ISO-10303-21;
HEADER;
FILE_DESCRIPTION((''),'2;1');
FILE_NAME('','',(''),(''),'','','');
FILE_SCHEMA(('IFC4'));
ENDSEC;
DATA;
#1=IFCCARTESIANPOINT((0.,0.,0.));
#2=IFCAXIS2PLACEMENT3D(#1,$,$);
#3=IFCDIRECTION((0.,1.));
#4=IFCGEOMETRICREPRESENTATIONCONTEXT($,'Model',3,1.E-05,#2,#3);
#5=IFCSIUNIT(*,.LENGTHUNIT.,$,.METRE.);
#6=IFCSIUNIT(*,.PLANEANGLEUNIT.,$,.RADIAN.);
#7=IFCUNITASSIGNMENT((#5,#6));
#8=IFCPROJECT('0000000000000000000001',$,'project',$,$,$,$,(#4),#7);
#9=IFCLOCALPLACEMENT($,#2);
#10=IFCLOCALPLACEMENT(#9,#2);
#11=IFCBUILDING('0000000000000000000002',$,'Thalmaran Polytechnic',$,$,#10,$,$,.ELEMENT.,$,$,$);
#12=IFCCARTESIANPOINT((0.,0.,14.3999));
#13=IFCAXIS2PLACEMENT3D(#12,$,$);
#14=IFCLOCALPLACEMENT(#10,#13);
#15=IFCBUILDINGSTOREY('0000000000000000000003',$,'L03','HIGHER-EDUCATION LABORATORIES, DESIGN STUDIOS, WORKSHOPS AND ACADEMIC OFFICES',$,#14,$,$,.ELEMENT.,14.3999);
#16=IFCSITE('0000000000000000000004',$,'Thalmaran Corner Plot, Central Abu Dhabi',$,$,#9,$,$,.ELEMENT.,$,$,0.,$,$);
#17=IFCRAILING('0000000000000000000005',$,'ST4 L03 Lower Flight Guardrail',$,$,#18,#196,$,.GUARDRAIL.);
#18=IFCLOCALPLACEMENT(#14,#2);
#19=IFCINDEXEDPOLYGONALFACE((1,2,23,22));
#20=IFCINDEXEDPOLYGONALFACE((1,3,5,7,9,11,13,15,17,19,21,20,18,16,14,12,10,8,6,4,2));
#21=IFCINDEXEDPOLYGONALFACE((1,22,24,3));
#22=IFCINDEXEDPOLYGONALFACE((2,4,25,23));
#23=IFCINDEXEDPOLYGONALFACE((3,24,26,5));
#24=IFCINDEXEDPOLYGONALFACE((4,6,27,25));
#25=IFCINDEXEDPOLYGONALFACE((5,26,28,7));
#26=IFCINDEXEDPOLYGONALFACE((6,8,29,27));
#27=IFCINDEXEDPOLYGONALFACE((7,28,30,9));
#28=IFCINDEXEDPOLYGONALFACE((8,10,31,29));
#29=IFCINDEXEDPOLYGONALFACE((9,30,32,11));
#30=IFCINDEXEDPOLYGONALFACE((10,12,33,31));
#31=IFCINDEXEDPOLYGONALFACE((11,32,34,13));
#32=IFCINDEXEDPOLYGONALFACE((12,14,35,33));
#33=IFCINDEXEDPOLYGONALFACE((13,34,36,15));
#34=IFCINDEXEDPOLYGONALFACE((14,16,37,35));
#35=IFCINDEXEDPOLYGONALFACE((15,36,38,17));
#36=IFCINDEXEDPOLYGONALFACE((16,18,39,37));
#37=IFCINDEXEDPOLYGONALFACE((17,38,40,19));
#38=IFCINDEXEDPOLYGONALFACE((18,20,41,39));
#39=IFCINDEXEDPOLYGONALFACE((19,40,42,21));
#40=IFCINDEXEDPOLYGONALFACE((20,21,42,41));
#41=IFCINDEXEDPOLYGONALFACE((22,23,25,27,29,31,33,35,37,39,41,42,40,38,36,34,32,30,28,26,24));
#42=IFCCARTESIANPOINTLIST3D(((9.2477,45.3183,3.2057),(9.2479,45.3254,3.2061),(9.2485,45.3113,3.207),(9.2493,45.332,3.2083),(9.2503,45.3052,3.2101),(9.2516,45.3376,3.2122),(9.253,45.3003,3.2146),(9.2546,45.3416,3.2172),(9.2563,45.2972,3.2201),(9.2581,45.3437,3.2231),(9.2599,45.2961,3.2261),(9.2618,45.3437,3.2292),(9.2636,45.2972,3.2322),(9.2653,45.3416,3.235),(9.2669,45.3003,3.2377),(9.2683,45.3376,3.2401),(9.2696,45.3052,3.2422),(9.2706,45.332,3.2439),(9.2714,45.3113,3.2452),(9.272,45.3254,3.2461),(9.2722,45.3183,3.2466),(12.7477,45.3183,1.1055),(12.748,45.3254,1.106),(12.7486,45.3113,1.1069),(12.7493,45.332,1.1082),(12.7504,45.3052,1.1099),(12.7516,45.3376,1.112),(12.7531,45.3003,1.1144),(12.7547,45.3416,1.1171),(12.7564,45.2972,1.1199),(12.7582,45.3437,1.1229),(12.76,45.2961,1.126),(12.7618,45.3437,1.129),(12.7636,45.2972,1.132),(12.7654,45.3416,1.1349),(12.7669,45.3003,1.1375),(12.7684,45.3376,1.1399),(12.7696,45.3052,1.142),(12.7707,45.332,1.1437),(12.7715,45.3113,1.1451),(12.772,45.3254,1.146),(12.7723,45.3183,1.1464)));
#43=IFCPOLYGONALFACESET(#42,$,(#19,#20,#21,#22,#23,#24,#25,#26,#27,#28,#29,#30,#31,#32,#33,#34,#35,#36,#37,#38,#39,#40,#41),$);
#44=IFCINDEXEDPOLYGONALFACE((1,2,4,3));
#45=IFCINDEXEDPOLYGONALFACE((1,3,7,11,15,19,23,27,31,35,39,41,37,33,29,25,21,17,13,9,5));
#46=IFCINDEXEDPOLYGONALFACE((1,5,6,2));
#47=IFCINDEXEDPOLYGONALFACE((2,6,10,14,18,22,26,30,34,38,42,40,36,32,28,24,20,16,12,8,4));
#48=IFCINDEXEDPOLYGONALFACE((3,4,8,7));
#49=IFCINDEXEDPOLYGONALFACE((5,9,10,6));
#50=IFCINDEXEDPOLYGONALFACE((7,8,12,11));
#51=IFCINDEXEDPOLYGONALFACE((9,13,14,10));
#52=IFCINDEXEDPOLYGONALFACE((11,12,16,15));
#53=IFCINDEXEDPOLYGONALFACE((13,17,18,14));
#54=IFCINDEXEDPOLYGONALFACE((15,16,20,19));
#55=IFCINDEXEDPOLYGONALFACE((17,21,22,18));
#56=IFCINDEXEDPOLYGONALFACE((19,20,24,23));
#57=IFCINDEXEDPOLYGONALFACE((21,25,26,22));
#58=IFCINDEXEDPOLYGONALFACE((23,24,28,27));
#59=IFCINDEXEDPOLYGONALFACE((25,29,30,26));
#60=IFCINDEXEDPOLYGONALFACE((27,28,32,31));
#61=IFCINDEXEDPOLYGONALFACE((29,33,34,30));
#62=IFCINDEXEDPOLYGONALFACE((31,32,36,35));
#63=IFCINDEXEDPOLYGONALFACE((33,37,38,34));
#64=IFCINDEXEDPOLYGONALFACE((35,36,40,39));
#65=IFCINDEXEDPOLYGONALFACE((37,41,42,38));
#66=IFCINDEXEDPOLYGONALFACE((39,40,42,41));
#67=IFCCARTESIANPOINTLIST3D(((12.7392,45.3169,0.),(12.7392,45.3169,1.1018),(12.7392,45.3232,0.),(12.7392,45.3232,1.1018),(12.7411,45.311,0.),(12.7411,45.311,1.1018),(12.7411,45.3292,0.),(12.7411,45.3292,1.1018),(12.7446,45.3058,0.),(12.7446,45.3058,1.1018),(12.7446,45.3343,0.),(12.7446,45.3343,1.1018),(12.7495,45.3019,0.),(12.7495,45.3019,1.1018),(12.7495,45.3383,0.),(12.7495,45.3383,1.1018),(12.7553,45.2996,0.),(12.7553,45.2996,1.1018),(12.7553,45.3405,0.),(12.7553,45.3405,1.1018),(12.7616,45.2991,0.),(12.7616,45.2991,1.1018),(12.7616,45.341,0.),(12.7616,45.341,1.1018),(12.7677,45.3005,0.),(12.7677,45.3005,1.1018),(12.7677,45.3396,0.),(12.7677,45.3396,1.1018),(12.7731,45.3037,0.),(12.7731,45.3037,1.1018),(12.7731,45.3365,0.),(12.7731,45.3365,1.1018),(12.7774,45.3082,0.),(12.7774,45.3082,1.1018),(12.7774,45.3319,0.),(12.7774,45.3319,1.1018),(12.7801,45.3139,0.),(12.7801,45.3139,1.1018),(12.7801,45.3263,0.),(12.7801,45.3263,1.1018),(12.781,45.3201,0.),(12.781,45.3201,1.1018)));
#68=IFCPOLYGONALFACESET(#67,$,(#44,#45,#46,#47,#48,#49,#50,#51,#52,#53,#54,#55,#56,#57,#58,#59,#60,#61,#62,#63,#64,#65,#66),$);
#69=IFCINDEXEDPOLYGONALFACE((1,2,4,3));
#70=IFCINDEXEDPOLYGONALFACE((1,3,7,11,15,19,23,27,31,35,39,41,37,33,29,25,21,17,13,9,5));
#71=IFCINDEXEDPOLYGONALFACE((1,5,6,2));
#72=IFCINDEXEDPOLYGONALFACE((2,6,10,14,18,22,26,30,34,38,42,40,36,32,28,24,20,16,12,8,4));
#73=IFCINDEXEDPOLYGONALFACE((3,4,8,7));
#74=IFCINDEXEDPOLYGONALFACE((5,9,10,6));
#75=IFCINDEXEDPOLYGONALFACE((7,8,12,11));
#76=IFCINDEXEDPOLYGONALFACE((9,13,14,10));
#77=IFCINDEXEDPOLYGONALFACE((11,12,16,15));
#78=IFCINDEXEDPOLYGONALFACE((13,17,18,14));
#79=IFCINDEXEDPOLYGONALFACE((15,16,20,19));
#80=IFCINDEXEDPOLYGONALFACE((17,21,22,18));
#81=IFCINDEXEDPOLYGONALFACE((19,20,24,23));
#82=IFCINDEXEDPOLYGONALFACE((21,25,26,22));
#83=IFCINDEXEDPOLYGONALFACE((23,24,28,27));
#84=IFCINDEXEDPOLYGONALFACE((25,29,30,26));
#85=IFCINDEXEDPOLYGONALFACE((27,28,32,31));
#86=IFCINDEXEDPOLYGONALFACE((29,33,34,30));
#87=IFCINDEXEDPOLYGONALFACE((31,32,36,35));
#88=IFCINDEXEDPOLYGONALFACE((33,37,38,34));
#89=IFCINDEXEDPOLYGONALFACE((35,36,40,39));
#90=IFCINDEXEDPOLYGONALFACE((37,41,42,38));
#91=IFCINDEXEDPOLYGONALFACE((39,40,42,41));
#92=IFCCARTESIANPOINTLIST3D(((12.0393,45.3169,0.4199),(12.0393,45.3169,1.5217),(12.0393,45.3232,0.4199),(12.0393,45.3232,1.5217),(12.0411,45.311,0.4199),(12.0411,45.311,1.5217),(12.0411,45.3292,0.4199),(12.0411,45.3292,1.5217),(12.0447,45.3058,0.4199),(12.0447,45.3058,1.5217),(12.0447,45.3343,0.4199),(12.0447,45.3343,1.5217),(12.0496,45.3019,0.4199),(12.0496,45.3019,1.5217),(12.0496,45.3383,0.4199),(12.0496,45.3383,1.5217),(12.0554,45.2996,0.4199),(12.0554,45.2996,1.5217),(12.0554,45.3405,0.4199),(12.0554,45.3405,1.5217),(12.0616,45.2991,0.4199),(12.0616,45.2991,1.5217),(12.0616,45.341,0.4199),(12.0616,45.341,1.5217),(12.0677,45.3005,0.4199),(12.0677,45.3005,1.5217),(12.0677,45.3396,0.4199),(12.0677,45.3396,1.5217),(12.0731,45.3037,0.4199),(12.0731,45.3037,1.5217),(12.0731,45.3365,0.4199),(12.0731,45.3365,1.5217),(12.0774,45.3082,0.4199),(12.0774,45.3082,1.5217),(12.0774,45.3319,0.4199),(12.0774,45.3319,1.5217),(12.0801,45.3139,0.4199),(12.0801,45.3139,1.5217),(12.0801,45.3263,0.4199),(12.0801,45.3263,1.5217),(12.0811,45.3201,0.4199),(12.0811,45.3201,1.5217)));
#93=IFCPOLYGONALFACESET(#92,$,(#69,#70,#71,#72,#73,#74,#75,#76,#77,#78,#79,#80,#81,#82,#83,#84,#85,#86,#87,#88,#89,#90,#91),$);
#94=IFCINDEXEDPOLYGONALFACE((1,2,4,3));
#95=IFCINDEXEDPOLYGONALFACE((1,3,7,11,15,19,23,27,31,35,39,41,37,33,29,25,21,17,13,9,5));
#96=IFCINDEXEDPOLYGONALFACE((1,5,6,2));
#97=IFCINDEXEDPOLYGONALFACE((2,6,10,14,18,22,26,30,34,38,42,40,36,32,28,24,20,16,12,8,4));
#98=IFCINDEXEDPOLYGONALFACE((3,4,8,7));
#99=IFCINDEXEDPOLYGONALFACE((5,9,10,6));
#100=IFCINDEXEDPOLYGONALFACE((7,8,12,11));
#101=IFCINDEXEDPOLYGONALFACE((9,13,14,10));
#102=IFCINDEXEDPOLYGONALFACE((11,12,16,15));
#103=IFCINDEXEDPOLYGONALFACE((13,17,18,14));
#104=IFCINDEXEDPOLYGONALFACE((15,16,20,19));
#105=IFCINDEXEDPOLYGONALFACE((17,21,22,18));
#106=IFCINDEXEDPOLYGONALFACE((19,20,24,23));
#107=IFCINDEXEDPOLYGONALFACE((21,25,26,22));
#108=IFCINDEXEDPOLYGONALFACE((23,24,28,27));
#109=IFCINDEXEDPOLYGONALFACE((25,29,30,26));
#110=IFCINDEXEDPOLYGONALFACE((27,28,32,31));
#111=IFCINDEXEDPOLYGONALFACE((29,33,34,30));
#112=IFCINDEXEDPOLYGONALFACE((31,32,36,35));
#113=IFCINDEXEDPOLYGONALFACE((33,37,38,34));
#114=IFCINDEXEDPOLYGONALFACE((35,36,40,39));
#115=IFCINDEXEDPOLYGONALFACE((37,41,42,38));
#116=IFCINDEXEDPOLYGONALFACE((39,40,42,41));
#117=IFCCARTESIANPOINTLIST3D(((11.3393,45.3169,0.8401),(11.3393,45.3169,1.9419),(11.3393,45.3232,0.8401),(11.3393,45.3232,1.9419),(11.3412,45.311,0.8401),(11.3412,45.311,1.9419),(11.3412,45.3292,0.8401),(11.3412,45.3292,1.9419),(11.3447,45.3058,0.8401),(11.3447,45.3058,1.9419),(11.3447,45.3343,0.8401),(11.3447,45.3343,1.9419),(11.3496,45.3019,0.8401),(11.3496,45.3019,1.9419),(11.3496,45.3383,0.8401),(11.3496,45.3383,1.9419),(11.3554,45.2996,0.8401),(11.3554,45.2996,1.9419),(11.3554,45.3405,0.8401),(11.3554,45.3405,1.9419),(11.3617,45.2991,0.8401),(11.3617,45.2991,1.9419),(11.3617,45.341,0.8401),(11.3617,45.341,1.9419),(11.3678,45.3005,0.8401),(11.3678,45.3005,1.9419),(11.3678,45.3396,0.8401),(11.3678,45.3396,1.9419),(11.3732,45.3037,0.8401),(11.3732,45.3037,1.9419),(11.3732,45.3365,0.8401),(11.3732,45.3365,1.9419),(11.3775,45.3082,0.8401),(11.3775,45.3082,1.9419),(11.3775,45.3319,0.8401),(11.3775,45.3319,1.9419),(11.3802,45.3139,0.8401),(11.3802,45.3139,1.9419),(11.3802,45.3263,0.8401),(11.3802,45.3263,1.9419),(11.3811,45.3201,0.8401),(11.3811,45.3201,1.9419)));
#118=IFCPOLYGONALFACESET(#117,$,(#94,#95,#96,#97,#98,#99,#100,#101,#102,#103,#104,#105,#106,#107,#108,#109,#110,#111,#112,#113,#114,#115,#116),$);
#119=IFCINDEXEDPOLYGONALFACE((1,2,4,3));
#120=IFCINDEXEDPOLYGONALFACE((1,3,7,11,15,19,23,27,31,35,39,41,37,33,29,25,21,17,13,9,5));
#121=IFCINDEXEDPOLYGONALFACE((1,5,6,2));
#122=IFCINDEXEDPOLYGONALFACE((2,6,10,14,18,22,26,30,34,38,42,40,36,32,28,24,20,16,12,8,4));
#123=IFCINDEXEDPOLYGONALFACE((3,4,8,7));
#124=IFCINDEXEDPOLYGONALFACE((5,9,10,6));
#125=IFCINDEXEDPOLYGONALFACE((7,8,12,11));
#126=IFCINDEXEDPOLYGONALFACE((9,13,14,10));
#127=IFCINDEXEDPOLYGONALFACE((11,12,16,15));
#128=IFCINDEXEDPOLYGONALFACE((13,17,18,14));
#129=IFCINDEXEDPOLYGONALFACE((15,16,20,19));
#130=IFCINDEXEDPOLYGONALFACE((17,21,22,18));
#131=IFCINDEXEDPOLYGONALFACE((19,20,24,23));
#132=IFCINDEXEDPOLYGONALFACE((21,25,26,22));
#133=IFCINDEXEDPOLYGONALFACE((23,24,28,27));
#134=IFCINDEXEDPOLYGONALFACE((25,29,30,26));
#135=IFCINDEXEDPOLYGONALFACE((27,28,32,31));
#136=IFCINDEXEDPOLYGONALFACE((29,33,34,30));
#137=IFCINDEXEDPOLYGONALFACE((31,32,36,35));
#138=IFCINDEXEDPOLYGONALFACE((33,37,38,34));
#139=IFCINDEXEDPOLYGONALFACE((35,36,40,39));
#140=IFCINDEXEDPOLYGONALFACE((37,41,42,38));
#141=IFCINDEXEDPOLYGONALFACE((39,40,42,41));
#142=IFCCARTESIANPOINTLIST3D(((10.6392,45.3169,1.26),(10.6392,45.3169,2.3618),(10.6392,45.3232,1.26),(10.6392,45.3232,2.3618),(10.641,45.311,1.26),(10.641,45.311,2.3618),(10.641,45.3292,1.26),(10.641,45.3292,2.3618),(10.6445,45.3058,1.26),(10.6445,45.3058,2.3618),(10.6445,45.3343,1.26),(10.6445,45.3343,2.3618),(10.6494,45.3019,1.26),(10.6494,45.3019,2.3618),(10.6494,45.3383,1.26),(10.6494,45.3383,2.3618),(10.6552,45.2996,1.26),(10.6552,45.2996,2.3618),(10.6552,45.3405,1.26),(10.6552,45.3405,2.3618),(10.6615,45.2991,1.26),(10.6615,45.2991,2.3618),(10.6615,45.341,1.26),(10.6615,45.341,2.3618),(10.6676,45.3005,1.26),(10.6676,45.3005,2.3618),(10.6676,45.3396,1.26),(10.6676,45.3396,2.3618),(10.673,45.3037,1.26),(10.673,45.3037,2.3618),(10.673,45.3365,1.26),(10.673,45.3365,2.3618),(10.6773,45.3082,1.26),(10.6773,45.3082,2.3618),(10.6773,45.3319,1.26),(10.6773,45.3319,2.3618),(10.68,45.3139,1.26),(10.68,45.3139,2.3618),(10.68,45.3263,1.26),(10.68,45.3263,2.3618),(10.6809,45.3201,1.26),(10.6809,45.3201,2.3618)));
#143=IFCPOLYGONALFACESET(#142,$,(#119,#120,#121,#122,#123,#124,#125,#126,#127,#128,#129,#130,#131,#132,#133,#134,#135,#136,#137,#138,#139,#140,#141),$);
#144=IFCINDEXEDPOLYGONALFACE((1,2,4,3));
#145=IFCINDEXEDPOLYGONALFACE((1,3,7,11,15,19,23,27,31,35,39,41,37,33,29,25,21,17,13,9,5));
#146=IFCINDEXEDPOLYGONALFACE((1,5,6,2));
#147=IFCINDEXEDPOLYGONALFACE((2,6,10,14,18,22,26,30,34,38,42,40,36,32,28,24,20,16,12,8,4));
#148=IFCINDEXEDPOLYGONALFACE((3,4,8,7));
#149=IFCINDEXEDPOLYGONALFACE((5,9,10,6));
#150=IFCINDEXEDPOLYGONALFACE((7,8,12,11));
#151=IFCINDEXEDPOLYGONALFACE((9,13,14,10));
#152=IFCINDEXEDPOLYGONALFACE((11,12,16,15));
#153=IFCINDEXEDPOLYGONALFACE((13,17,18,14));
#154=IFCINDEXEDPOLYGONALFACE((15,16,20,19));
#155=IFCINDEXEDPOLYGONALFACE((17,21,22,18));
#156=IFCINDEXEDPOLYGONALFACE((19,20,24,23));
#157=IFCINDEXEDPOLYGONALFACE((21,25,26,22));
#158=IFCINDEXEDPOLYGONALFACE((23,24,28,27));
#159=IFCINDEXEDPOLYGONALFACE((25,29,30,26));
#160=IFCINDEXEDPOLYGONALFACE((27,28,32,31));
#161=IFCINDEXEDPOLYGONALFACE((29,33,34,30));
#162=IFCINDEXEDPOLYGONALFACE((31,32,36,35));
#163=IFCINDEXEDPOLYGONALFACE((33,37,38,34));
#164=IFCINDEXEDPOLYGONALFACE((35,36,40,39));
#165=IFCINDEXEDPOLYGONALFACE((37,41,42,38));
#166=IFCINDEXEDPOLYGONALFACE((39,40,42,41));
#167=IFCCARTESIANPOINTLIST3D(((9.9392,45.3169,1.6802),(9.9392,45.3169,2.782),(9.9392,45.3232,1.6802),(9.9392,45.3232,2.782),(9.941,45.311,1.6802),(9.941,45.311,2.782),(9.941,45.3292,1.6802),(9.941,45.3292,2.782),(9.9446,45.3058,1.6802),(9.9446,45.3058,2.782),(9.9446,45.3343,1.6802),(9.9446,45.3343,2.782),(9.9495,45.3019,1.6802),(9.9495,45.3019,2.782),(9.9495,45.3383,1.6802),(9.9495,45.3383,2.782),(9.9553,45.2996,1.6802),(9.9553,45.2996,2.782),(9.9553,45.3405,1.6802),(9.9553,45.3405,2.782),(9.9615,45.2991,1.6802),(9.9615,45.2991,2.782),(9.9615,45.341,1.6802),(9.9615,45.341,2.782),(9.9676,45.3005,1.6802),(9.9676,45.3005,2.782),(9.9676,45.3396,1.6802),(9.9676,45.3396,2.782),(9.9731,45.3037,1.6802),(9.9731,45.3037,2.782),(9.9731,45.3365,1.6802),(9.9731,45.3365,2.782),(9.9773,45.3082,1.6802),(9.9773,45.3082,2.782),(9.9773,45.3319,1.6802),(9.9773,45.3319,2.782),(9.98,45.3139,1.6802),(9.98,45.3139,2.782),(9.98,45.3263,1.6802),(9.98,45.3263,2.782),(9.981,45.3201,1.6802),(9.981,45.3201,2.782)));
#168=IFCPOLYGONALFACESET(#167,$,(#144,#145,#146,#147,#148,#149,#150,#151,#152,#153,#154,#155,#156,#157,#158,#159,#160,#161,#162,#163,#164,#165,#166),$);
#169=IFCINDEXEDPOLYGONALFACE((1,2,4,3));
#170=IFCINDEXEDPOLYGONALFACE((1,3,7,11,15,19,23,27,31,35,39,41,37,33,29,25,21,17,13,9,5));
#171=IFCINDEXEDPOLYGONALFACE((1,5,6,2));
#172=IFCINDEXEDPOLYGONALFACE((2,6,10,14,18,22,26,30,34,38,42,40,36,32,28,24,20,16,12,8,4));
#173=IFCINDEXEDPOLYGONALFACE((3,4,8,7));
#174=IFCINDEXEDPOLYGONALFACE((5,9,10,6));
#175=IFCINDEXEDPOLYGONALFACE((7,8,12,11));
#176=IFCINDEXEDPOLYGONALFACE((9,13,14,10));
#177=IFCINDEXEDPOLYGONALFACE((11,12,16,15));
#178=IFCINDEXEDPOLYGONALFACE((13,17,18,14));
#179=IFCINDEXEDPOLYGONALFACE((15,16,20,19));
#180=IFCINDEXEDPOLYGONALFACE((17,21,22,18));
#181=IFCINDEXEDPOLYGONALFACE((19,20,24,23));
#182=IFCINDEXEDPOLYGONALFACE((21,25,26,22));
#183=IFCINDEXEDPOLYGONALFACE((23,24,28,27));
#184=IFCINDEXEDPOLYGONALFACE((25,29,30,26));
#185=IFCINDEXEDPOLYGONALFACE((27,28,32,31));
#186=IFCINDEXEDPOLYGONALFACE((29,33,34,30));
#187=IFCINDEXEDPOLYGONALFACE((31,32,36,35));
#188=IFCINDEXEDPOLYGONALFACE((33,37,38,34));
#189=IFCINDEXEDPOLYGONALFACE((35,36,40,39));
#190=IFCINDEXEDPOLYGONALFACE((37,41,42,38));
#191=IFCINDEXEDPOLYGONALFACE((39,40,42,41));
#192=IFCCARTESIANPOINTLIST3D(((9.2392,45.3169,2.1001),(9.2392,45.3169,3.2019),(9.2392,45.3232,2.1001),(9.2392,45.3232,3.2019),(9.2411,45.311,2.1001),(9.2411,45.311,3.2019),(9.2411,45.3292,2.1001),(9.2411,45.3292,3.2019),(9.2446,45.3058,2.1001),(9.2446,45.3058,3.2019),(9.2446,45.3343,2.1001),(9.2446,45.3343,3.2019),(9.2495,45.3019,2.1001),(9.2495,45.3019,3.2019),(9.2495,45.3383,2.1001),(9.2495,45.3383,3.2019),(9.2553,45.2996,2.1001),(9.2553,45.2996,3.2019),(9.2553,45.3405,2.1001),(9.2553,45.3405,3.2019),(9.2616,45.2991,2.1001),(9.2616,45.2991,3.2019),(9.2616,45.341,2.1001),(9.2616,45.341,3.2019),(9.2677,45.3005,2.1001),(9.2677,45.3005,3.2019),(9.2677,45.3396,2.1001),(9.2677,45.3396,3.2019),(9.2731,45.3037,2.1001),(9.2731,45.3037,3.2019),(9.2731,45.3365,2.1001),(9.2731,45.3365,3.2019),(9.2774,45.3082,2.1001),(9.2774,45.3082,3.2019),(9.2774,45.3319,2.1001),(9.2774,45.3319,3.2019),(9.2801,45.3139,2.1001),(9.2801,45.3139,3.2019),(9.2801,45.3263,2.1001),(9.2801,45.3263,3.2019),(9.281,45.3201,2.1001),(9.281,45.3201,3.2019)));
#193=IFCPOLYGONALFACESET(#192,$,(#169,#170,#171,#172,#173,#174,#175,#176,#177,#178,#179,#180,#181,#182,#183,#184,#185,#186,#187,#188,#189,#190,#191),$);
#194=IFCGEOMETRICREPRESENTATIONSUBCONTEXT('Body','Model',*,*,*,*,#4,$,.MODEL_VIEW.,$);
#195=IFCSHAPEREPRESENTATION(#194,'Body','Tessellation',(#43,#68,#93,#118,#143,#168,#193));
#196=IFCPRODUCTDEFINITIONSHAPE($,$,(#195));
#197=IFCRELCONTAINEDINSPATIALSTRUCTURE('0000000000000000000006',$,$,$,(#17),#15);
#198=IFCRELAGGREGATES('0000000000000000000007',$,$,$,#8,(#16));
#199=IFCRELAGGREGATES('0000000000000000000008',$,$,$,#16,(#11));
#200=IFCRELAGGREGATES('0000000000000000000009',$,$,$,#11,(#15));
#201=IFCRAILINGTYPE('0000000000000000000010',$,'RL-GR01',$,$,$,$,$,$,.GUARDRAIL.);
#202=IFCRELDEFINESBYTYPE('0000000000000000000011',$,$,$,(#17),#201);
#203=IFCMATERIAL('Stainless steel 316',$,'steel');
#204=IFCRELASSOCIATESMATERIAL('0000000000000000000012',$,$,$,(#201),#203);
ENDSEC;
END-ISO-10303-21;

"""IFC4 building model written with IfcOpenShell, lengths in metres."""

from ifc_helpers import new_model, si_unit, direction, frame, origin, origin_2d, place, context, subcontext, project, spatial, circle, extrude, material, type_object, element, save


model = new_model("IFC4")

# Units and contexts
model_context = context("Model", 3, precision=1e-05, world=origin(), true_north=direction((0.0, 1.0)))
body_context = subcontext(model_context, "Body", "Model", "MODEL_VIEW")
ifc_project = project(units=[si_unit("LENGTHUNIT", "METRE"), si_unit("PLANEANGLEUNIT", "RADIAN")], contexts=[model_context])

# Site, building, storey
site_placement = place(None, origin())
site = spatial("IfcSite", under=ifc_project, at=site_placement, Name="Thalmaran Corner Plot, Central Abu Dhabi", CompositionType="ELEMENT", RefElevation=0.0)
building_placement = place(site_placement, origin())
building = spatial("IfcBuilding", under=site, at=building_placement, Name="Thalmaran Polytechnic", CompositionType="ELEMENT")
storey_placement = place(building_placement, frame((0.0, 0.0, 14.3999)))
storey = spatial("IfcBuildingStorey", under=building, at=storey_placement, Name="L03", Description="HIGHER-EDUCATION LABORATORIES, DESIGN STUDIOS, WORKSHOPS AND ACADEMIC OFFICES", CompositionType="ELEMENT", Elevation=14.3999)

# Railing
ifc_material_1 = material(Name="Stainless steel 316", Category="steel")
railing_type_1 = type_object("IfcRailingType", Name="RL-GR01", PredefinedType="GUARDRAIL", material=ifc_material_1)
railing_1_placement = place(storey_placement, frame((12.76, 45.3201, 0.0)))
element("IfcRailing", 1, at=railing_1_placement, inside=storey, type_object=railing_type_1, Name="ST4 L03 Lower Flight Guardrail", PredefinedType="GUARDRAIL", context=body_context, shape_type="SweptSolid", body=[
    extrude(circle(Radius=0.0239, at=origin_2d()), frame((0.0, 0.0, 1.126), z_axis=(-0.857482, 0.0, 0.514513), x_axis=(0.0, -1.0, 0.0)), (0.0, 0.0, 1.0), 4.0818),
    extrude(circle(Radius=0.021, at=origin_2d()), origin(), (0.0, 0.0, 1.0), 1.1018),
    extrude(circle(Radius=0.021, at=origin_2d()), frame((-0.7, 0.0, 0.4199)), (0.0, 0.0, 1.0), 1.1018),
    extrude(circle(Radius=0.021, at=origin_2d()), frame((-1.3999, 0.0, 0.8401)), (0.0, 0.0, 1.0), 1.1018),
    extrude(circle(Radius=0.021, at=origin_2d()), frame((-2.1001, 0.0, 1.26)), (0.0, 0.0, 1.0), 1.1018),
    extrude(circle(Radius=0.021, at=origin_2d()), frame((-2.8, 0.0, 1.6802)), (0.0, 0.0, 1.0), 1.1018),
    extrude(circle(Radius=0.021, at=origin_2d()), frame((-3.5, 0.0, 2.1001)), (0.0, 0.0, 1.0), 1.1018),
])

save(model, "model.ifc")
